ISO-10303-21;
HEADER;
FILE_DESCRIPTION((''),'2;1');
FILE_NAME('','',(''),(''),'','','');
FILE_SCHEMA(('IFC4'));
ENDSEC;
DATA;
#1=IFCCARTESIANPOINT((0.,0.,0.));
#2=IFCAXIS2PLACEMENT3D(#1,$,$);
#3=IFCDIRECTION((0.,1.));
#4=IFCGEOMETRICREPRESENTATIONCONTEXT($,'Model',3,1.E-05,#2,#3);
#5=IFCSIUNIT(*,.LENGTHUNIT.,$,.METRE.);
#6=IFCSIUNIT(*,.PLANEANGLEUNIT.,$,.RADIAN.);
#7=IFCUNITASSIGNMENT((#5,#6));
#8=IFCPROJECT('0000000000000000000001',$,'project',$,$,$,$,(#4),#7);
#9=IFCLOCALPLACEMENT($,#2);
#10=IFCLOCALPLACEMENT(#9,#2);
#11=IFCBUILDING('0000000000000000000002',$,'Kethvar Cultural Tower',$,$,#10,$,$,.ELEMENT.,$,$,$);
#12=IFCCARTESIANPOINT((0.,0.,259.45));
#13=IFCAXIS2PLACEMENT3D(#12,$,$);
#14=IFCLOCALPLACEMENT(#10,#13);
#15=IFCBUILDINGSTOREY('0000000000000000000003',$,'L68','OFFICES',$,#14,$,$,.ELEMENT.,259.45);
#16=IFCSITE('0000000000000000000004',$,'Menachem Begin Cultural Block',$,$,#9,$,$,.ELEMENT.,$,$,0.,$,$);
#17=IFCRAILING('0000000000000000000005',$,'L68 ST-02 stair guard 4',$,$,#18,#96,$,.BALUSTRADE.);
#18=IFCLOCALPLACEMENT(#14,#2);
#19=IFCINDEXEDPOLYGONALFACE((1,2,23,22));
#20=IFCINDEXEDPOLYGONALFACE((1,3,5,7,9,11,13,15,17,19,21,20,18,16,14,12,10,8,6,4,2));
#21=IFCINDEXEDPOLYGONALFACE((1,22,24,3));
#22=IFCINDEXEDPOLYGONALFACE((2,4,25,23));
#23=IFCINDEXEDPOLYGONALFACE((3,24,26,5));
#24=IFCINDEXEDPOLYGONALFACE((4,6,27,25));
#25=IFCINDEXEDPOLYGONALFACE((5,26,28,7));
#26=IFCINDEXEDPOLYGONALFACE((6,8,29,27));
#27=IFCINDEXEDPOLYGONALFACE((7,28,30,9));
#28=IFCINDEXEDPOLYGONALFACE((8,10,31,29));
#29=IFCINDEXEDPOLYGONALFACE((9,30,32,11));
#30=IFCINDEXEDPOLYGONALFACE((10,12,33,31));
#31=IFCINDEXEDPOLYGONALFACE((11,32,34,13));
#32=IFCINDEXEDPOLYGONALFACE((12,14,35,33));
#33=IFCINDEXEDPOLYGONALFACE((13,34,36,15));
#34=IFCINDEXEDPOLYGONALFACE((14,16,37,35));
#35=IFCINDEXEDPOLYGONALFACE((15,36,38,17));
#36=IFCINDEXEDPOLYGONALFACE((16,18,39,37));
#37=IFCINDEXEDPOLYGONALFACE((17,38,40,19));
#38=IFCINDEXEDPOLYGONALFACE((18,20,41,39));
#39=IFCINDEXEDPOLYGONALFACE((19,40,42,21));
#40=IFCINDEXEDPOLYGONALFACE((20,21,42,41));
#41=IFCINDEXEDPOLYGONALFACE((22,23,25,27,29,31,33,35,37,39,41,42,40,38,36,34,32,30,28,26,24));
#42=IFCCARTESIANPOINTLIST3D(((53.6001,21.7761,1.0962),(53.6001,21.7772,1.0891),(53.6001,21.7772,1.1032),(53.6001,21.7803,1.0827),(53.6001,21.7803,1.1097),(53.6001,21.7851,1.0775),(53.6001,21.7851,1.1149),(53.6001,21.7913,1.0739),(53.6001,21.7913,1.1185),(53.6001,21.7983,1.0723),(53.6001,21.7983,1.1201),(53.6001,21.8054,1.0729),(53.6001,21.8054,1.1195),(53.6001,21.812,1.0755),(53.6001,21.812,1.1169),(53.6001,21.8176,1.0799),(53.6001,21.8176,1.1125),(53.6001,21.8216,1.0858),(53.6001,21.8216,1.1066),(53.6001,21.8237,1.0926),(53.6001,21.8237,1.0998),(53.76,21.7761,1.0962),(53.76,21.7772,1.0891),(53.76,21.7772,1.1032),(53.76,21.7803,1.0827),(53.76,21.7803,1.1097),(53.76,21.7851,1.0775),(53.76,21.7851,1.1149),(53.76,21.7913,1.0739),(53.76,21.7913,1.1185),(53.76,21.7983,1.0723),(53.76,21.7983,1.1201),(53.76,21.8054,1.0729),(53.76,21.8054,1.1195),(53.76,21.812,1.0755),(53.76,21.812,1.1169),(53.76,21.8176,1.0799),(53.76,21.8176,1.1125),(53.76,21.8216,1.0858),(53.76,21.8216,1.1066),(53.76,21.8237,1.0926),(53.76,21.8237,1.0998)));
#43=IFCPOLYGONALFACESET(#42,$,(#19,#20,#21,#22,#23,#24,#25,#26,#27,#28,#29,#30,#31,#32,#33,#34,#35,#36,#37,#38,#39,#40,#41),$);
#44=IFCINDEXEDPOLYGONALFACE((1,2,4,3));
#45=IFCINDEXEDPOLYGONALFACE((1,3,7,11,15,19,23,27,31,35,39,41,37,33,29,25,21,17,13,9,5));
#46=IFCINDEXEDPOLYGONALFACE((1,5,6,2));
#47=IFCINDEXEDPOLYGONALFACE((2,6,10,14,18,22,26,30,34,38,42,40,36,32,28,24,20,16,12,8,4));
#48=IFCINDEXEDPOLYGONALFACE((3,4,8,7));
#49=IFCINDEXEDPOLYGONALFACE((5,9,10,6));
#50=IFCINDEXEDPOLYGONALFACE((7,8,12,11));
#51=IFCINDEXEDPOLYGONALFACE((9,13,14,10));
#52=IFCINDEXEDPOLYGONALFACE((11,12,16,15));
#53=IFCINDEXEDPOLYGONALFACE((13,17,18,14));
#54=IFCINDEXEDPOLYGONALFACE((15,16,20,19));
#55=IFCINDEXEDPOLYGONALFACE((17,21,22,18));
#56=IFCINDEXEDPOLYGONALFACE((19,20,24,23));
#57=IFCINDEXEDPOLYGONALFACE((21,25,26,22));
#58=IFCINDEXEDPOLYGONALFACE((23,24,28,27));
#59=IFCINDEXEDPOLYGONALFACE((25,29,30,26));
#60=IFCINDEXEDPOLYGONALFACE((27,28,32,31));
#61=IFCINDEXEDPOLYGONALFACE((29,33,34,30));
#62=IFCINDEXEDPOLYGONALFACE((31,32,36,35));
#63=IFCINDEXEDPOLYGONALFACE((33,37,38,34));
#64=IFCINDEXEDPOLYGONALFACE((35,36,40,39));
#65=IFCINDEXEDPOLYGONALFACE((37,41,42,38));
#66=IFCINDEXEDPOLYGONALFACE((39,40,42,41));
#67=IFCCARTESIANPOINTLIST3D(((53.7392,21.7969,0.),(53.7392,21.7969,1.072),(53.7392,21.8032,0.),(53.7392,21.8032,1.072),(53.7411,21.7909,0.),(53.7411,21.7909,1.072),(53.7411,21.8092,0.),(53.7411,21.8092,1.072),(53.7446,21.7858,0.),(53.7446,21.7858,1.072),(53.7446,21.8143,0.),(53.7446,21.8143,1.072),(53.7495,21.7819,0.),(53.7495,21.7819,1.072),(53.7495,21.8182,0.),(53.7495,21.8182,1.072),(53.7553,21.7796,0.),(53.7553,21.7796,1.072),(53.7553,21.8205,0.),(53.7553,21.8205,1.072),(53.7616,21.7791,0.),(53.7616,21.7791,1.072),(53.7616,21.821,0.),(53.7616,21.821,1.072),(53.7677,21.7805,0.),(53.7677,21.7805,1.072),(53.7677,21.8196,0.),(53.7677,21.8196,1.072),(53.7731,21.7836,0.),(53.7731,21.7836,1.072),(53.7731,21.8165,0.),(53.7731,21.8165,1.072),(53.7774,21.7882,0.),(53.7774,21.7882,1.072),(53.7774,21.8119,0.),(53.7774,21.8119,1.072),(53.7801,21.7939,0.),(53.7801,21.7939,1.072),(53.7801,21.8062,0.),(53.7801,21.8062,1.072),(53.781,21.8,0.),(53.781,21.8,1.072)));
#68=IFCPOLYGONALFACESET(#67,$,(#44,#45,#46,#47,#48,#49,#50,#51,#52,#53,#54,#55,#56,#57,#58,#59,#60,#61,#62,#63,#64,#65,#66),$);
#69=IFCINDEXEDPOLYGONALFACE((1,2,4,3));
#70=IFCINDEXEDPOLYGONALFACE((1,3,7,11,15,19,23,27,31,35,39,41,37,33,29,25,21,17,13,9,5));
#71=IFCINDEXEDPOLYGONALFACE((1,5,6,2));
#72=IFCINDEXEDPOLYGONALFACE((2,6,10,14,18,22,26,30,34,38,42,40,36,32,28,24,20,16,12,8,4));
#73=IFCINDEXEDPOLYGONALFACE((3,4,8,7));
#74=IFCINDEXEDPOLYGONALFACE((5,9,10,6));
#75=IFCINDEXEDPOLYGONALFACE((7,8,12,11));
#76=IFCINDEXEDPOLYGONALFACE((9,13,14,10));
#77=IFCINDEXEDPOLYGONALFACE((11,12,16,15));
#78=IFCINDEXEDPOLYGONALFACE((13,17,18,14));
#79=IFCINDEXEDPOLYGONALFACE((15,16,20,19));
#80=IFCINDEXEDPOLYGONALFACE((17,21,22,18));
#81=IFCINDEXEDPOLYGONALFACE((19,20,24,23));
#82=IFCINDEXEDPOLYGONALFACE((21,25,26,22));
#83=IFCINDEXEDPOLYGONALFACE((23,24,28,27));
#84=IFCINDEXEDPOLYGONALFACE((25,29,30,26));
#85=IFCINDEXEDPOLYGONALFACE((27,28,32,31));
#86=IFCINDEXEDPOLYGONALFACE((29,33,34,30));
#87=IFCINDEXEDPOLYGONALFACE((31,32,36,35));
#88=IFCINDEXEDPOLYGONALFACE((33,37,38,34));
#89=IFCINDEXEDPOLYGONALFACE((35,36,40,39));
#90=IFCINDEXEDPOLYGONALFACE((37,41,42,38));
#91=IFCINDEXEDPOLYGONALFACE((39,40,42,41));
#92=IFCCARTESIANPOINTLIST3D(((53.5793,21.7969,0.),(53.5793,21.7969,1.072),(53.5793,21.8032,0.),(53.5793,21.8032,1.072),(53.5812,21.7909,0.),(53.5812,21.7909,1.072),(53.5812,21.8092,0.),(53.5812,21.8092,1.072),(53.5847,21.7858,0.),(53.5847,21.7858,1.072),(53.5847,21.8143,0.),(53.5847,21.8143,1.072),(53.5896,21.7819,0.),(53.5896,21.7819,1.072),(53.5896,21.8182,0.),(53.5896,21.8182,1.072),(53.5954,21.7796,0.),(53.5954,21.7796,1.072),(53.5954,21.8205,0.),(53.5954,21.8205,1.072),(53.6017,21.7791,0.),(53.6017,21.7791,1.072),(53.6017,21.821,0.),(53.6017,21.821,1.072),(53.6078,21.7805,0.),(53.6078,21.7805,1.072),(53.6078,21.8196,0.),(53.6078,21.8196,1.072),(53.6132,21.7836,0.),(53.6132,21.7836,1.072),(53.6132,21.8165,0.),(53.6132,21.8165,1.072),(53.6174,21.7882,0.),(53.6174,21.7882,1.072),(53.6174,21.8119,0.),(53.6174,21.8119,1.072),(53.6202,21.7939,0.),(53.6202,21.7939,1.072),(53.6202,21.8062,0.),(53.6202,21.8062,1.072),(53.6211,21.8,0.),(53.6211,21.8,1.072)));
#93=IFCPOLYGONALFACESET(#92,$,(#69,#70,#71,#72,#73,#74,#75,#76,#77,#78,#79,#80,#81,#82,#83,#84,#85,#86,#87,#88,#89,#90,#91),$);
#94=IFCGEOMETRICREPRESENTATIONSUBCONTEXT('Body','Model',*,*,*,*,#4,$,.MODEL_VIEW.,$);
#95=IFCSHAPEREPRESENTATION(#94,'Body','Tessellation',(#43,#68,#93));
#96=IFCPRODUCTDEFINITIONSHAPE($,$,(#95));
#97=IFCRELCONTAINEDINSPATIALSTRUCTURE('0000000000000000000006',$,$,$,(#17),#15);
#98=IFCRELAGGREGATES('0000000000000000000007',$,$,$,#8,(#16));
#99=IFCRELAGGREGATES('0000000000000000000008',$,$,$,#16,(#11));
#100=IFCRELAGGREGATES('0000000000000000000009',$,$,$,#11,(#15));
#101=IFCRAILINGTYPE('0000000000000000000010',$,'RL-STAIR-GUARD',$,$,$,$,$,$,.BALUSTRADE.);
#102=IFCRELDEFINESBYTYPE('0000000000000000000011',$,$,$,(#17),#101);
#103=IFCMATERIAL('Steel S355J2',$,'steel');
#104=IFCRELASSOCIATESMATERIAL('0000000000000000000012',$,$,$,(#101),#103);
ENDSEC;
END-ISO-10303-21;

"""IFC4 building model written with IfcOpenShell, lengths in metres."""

from ifc_helpers import new_model, si_unit, direction, frame, origin, origin_2d, place, context, subcontext, project, spatial, circle, extrude, material, type_object, element, save


model = new_model("IFC4")

# Units and contexts
model_context = context("Model", 3, precision=1e-05, world=origin(), true_north=direction((0.0, 1.0)))
body_context = subcontext(model_context, "Body", "Model", "MODEL_VIEW")
ifc_project = project(units=[si_unit("LENGTHUNIT", "METRE"), si_unit("PLANEANGLEUNIT", "RADIAN")], contexts=[model_context])

# Site, building, storey
site_placement = place(None, origin())
site = spatial("IfcSite", under=ifc_project, at=site_placement, Name="Menachem Begin Cultural Block", CompositionType="ELEMENT", RefElevation=0.0)
building_placement = place(site_placement, origin())
building = spatial("IfcBuilding", under=site, at=building_placement, Name="Kethvar Cultural Tower", CompositionType="ELEMENT")
storey_placement = place(building_placement, frame((0.0, 0.0, 259.45)))
storey = spatial("IfcBuildingStorey", under=building, at=storey_placement, Name="L68", Description="OFFICES", CompositionType="ELEMENT", Elevation=259.45)

# Shared definitions
ifc_material_1 = material(Name="Steel S355J2", Category="steel")

# Railing
railing_type_1 = type_object("IfcRailingType", Name="RL-STAIR-GUARD", PredefinedType="BALUSTRADE", material=ifc_material_1)
railing_1_placement = place(storey_placement, frame((53.76, 21.8, 0.0)))
element("IfcRailing", 1, at=railing_1_placement, inside=storey, type_object=railing_type_1, Name="L68 ST-02 stair guard 4", PredefinedType="BALUSTRADE", context=body_context, shape_type="SweptSolid", body=[
    extrude(circle(Radius=0.0239, at=origin_2d()), frame((0.0, 0.0, 1.0962), z_axis=(-1.0, 0.0, 0.0), x_axis=(0.0, -1.0, 0.0)), (0.0, 0.0, 1.0), 0.1599),
    extrude(circle(Radius=0.021, at=origin_2d()), origin(), (0.0, 0.0, 1.0), 1.072),
    extrude(circle(Radius=0.021, at=origin_2d()), frame((-0.1599, 0.0, 0.0)), (0.0, 0.0, 1.0), 1.072),
])

save(model, "model.ifc")
